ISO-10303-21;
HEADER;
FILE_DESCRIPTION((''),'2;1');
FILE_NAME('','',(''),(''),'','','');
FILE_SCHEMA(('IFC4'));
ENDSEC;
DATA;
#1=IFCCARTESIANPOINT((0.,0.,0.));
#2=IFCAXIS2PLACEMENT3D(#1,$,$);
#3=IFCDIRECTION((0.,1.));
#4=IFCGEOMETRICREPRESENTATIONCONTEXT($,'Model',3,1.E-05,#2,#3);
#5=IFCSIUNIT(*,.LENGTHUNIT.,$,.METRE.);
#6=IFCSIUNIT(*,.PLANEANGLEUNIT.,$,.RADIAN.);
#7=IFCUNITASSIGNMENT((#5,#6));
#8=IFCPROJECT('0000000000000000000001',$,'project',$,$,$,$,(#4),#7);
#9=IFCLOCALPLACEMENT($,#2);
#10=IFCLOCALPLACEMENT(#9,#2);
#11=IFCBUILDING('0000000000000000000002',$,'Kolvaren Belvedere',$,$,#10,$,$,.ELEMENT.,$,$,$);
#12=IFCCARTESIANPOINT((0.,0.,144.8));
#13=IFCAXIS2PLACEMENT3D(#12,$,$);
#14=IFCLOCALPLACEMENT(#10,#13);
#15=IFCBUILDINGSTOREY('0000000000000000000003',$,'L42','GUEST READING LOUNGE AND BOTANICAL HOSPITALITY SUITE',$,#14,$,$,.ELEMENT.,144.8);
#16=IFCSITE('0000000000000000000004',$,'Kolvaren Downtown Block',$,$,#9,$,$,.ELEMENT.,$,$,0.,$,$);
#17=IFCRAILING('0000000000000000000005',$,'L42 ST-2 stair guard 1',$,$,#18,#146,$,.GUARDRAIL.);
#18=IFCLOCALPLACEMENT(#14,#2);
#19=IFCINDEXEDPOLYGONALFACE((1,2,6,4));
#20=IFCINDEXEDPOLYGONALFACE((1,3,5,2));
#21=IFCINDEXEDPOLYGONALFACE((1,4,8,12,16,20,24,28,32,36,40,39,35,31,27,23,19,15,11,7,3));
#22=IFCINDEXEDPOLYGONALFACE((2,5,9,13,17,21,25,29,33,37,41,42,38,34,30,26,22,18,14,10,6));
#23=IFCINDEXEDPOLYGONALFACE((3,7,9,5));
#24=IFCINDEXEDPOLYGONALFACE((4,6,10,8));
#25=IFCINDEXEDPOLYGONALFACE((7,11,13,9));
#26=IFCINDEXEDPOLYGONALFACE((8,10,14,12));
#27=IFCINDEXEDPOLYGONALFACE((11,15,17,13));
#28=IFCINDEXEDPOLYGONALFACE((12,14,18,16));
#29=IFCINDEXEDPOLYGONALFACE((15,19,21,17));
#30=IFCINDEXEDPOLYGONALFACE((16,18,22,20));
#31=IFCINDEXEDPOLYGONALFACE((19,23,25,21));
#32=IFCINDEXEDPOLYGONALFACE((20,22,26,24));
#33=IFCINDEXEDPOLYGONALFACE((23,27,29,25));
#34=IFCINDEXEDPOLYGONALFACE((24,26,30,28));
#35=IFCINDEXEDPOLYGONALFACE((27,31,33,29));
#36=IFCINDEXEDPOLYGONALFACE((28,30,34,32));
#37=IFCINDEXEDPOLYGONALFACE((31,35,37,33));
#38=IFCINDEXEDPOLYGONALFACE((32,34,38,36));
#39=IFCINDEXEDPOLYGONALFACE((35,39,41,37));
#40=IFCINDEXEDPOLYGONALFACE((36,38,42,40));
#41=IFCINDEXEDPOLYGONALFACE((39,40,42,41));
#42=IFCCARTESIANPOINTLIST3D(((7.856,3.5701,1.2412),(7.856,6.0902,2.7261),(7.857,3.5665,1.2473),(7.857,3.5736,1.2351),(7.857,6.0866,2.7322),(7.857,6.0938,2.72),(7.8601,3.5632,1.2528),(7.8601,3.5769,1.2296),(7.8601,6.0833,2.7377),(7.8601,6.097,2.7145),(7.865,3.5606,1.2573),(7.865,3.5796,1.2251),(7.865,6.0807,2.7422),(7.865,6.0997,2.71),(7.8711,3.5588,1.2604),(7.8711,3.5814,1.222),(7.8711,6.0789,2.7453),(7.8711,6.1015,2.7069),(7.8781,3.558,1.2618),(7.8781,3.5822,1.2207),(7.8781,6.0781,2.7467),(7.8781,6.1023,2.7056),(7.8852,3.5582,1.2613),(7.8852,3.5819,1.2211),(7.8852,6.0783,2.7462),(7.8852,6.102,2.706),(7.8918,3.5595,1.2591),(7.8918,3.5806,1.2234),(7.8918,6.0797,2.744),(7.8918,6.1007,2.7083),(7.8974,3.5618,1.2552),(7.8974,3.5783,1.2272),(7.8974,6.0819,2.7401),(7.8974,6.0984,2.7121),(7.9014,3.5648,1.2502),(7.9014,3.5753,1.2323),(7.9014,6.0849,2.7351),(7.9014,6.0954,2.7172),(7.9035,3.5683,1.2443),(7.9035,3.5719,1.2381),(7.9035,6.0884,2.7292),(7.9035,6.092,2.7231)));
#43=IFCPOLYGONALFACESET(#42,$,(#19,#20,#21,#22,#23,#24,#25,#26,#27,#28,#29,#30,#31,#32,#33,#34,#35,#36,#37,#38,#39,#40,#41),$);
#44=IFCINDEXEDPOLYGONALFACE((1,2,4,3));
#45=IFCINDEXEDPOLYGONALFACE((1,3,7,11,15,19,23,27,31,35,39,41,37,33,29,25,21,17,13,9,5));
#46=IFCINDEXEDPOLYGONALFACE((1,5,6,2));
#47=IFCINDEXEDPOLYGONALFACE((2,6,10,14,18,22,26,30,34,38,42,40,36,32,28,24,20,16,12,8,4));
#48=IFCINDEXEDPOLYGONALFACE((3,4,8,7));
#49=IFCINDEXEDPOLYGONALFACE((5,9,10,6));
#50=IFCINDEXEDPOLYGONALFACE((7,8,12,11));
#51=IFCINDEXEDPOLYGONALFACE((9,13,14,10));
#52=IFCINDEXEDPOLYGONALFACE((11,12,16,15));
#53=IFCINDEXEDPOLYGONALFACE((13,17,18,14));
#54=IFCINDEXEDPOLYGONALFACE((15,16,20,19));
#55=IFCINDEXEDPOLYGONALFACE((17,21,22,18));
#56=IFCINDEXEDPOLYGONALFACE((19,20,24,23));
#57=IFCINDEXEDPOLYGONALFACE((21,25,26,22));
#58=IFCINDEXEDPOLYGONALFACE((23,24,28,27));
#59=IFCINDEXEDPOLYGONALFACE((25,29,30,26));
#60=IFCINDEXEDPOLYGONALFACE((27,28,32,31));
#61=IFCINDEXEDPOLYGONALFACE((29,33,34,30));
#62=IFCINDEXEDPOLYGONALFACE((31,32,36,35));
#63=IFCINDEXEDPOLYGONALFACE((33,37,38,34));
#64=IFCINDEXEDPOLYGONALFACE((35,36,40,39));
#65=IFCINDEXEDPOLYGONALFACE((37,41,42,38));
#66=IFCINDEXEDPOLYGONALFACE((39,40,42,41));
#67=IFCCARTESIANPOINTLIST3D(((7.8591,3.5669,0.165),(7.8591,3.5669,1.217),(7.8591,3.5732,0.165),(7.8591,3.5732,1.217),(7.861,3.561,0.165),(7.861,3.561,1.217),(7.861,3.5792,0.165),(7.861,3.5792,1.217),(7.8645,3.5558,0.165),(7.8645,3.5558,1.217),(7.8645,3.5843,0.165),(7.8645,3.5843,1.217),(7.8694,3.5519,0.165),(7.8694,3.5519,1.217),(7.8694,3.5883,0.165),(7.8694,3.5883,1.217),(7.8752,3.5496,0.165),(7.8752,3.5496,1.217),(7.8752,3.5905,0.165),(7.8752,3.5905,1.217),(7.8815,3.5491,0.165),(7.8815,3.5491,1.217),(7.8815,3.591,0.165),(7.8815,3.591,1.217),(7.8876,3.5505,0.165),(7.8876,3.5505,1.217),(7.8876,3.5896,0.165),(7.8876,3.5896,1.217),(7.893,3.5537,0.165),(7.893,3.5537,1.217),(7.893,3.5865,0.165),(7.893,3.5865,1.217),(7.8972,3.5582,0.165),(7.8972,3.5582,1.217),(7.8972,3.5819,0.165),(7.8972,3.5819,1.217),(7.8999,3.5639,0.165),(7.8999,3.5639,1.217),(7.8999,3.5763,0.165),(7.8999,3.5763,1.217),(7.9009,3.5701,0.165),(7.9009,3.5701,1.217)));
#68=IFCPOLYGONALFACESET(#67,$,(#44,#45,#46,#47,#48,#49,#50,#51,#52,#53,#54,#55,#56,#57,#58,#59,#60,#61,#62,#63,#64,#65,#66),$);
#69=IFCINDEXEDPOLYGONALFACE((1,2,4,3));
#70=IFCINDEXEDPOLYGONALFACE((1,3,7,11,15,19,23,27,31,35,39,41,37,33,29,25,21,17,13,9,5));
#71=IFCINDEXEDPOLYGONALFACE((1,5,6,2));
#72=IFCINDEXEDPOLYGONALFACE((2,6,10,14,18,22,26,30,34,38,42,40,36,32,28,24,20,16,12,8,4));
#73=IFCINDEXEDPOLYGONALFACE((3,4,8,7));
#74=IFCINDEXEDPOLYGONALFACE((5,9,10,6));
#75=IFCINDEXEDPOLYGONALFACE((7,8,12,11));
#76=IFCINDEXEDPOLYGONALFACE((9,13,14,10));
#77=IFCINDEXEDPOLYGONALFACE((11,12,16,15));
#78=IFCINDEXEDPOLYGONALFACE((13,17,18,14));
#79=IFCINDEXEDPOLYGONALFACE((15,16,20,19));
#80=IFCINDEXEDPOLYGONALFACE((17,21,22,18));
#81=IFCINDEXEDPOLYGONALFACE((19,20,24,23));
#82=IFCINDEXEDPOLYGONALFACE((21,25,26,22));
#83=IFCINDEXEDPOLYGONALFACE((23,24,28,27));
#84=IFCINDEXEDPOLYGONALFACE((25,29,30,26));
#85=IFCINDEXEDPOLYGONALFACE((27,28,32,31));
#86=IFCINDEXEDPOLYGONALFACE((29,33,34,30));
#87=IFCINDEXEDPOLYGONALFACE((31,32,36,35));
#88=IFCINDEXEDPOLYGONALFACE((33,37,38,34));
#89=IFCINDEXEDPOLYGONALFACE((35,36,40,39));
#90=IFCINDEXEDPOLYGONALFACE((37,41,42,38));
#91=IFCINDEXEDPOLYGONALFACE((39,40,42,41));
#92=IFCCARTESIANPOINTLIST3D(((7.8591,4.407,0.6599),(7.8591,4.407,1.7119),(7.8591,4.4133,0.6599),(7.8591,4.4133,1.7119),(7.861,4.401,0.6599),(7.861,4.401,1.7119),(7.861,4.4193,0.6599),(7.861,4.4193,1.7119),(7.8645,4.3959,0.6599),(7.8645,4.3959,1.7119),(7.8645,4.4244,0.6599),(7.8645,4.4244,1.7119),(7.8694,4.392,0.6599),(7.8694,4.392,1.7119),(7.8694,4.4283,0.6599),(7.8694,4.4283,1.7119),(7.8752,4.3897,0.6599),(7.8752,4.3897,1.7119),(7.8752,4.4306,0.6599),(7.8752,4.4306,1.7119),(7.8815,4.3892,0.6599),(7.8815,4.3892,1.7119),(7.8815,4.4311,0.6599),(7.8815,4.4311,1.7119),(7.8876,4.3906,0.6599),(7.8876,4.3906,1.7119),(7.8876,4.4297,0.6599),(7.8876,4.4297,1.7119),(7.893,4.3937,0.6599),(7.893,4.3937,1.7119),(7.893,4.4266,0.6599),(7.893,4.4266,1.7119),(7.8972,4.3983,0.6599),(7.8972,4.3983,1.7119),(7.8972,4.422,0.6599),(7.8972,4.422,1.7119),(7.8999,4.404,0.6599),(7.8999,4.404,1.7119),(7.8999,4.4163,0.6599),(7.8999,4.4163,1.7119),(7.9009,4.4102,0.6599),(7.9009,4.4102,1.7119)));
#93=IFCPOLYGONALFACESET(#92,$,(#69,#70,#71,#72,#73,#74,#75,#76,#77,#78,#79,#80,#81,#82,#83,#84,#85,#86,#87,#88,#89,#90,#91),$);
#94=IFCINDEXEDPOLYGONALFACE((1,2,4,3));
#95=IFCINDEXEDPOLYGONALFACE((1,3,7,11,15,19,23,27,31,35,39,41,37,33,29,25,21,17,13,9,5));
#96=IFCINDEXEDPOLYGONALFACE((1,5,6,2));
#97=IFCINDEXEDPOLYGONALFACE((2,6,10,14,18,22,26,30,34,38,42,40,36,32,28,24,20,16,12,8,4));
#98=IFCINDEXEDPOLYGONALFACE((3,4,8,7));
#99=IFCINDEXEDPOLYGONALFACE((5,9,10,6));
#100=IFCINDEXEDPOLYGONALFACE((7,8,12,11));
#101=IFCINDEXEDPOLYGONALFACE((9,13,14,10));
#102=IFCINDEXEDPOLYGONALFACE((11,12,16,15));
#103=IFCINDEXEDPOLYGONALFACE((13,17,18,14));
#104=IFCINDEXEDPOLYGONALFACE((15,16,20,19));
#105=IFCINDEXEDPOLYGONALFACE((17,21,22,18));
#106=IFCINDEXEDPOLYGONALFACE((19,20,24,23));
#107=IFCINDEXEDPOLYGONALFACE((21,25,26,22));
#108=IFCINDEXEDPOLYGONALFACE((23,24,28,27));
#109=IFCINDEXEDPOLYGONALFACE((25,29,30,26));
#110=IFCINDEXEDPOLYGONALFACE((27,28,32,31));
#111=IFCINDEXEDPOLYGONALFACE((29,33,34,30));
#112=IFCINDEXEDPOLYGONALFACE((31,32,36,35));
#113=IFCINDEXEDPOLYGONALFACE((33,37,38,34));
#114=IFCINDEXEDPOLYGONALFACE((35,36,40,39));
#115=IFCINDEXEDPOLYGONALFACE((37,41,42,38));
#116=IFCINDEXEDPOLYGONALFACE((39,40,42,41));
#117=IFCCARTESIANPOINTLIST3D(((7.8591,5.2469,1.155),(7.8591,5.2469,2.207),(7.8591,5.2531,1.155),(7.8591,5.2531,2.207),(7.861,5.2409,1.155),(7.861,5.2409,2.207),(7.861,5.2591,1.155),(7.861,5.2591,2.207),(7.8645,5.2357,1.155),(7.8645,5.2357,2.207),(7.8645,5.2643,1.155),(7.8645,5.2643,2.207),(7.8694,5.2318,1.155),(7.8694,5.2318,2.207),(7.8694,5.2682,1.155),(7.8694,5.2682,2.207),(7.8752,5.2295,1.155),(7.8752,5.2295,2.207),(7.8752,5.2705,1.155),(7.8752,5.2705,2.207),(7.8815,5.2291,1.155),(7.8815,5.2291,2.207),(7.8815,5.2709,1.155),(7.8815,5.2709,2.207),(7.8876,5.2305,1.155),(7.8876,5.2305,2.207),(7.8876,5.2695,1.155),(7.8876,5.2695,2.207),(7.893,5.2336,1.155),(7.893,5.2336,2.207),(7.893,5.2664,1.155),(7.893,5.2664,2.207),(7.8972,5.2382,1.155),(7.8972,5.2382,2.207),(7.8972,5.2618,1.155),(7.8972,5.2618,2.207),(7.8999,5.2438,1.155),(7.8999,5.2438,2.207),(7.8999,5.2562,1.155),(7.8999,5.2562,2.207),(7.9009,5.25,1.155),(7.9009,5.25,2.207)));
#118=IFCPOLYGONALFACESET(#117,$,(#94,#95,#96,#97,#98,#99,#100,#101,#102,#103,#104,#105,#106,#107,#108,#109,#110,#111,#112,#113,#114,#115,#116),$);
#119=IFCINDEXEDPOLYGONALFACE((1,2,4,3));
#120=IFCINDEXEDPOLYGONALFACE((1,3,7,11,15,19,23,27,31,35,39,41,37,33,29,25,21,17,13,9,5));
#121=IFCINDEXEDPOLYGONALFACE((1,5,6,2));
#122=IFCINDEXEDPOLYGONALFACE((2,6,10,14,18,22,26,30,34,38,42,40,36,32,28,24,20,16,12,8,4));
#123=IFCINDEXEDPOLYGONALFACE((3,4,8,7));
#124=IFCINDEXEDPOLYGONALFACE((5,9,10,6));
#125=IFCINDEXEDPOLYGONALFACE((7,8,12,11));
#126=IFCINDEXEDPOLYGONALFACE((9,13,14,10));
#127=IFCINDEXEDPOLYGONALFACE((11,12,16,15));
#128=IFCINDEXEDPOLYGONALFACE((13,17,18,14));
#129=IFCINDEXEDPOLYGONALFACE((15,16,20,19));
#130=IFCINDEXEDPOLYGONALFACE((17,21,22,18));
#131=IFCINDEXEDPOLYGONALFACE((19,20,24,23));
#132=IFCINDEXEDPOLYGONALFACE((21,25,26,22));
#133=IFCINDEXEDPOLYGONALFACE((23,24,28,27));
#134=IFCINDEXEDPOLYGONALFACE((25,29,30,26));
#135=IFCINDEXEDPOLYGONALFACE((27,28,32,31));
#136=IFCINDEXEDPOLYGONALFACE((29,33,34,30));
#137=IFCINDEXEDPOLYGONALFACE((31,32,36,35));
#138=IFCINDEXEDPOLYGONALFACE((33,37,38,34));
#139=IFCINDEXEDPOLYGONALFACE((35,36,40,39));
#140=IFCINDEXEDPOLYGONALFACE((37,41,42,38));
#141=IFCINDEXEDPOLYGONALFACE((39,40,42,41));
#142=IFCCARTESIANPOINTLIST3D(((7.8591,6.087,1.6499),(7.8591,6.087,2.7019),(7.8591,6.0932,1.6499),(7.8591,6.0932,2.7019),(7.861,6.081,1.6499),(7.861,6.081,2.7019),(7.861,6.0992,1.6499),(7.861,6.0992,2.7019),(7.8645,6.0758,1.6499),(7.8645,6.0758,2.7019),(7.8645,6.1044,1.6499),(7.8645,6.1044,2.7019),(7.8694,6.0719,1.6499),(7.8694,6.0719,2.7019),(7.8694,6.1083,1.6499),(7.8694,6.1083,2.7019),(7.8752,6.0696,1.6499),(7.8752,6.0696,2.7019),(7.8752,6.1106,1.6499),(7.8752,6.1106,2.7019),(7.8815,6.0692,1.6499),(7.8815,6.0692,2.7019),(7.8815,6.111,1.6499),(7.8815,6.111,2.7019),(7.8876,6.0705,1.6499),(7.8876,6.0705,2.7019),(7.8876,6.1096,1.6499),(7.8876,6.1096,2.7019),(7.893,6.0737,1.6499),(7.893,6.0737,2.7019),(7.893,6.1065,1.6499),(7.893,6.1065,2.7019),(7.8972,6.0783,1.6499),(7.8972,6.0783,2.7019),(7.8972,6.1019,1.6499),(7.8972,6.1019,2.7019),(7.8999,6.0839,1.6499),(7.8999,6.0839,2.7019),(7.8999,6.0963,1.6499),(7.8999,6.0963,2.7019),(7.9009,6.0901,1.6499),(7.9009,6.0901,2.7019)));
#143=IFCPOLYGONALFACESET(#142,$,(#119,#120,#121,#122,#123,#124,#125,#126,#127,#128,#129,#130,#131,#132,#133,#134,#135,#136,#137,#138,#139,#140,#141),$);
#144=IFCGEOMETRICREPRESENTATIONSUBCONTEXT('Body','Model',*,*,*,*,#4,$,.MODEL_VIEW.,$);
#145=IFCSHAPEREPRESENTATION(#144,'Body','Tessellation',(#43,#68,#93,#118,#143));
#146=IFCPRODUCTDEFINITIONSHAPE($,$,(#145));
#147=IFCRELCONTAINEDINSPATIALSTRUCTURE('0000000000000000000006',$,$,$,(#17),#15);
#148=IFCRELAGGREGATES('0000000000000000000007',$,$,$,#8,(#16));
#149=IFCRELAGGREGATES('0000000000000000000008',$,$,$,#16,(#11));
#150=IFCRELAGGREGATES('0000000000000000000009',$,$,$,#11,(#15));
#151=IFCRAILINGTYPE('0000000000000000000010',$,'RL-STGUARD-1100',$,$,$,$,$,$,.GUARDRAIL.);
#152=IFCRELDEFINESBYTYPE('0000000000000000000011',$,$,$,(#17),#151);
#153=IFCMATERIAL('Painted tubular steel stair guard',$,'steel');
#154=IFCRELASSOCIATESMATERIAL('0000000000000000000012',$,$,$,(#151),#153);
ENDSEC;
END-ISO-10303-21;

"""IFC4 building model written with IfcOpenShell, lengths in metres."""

from ifc_helpers import new_model, si_unit, direction, frame, origin, origin_2d, place, context, subcontext, project, spatial, circle, extrude, material, type_object, element, save


model = new_model("IFC4")

# Units and contexts
model_context = context("Model", 3, precision=1e-05, world=origin(), true_north=direction((0.0, 1.0)))
body_context = subcontext(model_context, "Body", "Model", "MODEL_VIEW")
ifc_project = project(units=[si_unit("LENGTHUNIT", "METRE"), si_unit("PLANEANGLEUNIT", "RADIAN")], contexts=[model_context])

# Site, building, storey
site_placement = place(None, origin())
site = spatial("IfcSite", under=ifc_project, at=site_placement, Name="Kolvaren Downtown Block", CompositionType="ELEMENT", RefElevation=0.0)
building_placement = place(site_placement, origin())
building = spatial("IfcBuilding", under=site, at=building_placement, Name="Kolvaren Belvedere", CompositionType="ELEMENT")
storey_placement = place(building_placement, frame((0.0, 0.0, 144.8)))
storey = spatial("IfcBuildingStorey", under=building, at=storey_placement, Name="L42", Description="GUEST READING LOUNGE AND BOTANICAL HOSPITALITY SUITE", CompositionType="ELEMENT", Elevation=144.8)

# Railing
ifc_material_1 = material(Name="Painted tubular steel stair guard", Category="steel")
railing_type_1 = type_object("IfcRailingType", Name="RL-STGUARD-1100", PredefinedType="GUARDRAIL", material=ifc_material_1)
railing_1_placement = place(storey_placement, frame((7.8799, 3.5701, 0.165)))
element("IfcRailing", 1, at=railing_1_placement, inside=storey, type_object=railing_type_1, Name="L42 ST-2 stair guard 1", PredefinedType="GUARDRAIL", context=body_context, shape_type="SweptSolid", body=[
    extrude(circle(Radius=0.0239, at=origin_2d()), frame((0.0, 0.0, 1.0762), z_axis=(0.0, 0.861561, 0.507655), x_axis=(-1.0, 0.0, 0.0)), (0.0, 0.0, 1.0), 2.925),
    extrude(circle(Radius=0.021, at=origin_2d()), origin(), (0.0, 0.0, 1.0), 1.052),
    extrude(circle(Radius=0.021, at=origin_2d()), frame((0.0, 0.8401, 0.4949)), (0.0, 0.0, 1.0), 1.052),
    extrude(circle(Radius=0.021, at=origin_2d()), frame((0.0, 1.6799, 0.99)), (0.0, 0.0, 1.0), 1.052),
    extrude(circle(Radius=0.021, at=origin_2d()), frame((0.0, 2.52, 1.4849)), (0.0, 0.0, 1.0), 1.052),
])

save(model, "model.ifc")
